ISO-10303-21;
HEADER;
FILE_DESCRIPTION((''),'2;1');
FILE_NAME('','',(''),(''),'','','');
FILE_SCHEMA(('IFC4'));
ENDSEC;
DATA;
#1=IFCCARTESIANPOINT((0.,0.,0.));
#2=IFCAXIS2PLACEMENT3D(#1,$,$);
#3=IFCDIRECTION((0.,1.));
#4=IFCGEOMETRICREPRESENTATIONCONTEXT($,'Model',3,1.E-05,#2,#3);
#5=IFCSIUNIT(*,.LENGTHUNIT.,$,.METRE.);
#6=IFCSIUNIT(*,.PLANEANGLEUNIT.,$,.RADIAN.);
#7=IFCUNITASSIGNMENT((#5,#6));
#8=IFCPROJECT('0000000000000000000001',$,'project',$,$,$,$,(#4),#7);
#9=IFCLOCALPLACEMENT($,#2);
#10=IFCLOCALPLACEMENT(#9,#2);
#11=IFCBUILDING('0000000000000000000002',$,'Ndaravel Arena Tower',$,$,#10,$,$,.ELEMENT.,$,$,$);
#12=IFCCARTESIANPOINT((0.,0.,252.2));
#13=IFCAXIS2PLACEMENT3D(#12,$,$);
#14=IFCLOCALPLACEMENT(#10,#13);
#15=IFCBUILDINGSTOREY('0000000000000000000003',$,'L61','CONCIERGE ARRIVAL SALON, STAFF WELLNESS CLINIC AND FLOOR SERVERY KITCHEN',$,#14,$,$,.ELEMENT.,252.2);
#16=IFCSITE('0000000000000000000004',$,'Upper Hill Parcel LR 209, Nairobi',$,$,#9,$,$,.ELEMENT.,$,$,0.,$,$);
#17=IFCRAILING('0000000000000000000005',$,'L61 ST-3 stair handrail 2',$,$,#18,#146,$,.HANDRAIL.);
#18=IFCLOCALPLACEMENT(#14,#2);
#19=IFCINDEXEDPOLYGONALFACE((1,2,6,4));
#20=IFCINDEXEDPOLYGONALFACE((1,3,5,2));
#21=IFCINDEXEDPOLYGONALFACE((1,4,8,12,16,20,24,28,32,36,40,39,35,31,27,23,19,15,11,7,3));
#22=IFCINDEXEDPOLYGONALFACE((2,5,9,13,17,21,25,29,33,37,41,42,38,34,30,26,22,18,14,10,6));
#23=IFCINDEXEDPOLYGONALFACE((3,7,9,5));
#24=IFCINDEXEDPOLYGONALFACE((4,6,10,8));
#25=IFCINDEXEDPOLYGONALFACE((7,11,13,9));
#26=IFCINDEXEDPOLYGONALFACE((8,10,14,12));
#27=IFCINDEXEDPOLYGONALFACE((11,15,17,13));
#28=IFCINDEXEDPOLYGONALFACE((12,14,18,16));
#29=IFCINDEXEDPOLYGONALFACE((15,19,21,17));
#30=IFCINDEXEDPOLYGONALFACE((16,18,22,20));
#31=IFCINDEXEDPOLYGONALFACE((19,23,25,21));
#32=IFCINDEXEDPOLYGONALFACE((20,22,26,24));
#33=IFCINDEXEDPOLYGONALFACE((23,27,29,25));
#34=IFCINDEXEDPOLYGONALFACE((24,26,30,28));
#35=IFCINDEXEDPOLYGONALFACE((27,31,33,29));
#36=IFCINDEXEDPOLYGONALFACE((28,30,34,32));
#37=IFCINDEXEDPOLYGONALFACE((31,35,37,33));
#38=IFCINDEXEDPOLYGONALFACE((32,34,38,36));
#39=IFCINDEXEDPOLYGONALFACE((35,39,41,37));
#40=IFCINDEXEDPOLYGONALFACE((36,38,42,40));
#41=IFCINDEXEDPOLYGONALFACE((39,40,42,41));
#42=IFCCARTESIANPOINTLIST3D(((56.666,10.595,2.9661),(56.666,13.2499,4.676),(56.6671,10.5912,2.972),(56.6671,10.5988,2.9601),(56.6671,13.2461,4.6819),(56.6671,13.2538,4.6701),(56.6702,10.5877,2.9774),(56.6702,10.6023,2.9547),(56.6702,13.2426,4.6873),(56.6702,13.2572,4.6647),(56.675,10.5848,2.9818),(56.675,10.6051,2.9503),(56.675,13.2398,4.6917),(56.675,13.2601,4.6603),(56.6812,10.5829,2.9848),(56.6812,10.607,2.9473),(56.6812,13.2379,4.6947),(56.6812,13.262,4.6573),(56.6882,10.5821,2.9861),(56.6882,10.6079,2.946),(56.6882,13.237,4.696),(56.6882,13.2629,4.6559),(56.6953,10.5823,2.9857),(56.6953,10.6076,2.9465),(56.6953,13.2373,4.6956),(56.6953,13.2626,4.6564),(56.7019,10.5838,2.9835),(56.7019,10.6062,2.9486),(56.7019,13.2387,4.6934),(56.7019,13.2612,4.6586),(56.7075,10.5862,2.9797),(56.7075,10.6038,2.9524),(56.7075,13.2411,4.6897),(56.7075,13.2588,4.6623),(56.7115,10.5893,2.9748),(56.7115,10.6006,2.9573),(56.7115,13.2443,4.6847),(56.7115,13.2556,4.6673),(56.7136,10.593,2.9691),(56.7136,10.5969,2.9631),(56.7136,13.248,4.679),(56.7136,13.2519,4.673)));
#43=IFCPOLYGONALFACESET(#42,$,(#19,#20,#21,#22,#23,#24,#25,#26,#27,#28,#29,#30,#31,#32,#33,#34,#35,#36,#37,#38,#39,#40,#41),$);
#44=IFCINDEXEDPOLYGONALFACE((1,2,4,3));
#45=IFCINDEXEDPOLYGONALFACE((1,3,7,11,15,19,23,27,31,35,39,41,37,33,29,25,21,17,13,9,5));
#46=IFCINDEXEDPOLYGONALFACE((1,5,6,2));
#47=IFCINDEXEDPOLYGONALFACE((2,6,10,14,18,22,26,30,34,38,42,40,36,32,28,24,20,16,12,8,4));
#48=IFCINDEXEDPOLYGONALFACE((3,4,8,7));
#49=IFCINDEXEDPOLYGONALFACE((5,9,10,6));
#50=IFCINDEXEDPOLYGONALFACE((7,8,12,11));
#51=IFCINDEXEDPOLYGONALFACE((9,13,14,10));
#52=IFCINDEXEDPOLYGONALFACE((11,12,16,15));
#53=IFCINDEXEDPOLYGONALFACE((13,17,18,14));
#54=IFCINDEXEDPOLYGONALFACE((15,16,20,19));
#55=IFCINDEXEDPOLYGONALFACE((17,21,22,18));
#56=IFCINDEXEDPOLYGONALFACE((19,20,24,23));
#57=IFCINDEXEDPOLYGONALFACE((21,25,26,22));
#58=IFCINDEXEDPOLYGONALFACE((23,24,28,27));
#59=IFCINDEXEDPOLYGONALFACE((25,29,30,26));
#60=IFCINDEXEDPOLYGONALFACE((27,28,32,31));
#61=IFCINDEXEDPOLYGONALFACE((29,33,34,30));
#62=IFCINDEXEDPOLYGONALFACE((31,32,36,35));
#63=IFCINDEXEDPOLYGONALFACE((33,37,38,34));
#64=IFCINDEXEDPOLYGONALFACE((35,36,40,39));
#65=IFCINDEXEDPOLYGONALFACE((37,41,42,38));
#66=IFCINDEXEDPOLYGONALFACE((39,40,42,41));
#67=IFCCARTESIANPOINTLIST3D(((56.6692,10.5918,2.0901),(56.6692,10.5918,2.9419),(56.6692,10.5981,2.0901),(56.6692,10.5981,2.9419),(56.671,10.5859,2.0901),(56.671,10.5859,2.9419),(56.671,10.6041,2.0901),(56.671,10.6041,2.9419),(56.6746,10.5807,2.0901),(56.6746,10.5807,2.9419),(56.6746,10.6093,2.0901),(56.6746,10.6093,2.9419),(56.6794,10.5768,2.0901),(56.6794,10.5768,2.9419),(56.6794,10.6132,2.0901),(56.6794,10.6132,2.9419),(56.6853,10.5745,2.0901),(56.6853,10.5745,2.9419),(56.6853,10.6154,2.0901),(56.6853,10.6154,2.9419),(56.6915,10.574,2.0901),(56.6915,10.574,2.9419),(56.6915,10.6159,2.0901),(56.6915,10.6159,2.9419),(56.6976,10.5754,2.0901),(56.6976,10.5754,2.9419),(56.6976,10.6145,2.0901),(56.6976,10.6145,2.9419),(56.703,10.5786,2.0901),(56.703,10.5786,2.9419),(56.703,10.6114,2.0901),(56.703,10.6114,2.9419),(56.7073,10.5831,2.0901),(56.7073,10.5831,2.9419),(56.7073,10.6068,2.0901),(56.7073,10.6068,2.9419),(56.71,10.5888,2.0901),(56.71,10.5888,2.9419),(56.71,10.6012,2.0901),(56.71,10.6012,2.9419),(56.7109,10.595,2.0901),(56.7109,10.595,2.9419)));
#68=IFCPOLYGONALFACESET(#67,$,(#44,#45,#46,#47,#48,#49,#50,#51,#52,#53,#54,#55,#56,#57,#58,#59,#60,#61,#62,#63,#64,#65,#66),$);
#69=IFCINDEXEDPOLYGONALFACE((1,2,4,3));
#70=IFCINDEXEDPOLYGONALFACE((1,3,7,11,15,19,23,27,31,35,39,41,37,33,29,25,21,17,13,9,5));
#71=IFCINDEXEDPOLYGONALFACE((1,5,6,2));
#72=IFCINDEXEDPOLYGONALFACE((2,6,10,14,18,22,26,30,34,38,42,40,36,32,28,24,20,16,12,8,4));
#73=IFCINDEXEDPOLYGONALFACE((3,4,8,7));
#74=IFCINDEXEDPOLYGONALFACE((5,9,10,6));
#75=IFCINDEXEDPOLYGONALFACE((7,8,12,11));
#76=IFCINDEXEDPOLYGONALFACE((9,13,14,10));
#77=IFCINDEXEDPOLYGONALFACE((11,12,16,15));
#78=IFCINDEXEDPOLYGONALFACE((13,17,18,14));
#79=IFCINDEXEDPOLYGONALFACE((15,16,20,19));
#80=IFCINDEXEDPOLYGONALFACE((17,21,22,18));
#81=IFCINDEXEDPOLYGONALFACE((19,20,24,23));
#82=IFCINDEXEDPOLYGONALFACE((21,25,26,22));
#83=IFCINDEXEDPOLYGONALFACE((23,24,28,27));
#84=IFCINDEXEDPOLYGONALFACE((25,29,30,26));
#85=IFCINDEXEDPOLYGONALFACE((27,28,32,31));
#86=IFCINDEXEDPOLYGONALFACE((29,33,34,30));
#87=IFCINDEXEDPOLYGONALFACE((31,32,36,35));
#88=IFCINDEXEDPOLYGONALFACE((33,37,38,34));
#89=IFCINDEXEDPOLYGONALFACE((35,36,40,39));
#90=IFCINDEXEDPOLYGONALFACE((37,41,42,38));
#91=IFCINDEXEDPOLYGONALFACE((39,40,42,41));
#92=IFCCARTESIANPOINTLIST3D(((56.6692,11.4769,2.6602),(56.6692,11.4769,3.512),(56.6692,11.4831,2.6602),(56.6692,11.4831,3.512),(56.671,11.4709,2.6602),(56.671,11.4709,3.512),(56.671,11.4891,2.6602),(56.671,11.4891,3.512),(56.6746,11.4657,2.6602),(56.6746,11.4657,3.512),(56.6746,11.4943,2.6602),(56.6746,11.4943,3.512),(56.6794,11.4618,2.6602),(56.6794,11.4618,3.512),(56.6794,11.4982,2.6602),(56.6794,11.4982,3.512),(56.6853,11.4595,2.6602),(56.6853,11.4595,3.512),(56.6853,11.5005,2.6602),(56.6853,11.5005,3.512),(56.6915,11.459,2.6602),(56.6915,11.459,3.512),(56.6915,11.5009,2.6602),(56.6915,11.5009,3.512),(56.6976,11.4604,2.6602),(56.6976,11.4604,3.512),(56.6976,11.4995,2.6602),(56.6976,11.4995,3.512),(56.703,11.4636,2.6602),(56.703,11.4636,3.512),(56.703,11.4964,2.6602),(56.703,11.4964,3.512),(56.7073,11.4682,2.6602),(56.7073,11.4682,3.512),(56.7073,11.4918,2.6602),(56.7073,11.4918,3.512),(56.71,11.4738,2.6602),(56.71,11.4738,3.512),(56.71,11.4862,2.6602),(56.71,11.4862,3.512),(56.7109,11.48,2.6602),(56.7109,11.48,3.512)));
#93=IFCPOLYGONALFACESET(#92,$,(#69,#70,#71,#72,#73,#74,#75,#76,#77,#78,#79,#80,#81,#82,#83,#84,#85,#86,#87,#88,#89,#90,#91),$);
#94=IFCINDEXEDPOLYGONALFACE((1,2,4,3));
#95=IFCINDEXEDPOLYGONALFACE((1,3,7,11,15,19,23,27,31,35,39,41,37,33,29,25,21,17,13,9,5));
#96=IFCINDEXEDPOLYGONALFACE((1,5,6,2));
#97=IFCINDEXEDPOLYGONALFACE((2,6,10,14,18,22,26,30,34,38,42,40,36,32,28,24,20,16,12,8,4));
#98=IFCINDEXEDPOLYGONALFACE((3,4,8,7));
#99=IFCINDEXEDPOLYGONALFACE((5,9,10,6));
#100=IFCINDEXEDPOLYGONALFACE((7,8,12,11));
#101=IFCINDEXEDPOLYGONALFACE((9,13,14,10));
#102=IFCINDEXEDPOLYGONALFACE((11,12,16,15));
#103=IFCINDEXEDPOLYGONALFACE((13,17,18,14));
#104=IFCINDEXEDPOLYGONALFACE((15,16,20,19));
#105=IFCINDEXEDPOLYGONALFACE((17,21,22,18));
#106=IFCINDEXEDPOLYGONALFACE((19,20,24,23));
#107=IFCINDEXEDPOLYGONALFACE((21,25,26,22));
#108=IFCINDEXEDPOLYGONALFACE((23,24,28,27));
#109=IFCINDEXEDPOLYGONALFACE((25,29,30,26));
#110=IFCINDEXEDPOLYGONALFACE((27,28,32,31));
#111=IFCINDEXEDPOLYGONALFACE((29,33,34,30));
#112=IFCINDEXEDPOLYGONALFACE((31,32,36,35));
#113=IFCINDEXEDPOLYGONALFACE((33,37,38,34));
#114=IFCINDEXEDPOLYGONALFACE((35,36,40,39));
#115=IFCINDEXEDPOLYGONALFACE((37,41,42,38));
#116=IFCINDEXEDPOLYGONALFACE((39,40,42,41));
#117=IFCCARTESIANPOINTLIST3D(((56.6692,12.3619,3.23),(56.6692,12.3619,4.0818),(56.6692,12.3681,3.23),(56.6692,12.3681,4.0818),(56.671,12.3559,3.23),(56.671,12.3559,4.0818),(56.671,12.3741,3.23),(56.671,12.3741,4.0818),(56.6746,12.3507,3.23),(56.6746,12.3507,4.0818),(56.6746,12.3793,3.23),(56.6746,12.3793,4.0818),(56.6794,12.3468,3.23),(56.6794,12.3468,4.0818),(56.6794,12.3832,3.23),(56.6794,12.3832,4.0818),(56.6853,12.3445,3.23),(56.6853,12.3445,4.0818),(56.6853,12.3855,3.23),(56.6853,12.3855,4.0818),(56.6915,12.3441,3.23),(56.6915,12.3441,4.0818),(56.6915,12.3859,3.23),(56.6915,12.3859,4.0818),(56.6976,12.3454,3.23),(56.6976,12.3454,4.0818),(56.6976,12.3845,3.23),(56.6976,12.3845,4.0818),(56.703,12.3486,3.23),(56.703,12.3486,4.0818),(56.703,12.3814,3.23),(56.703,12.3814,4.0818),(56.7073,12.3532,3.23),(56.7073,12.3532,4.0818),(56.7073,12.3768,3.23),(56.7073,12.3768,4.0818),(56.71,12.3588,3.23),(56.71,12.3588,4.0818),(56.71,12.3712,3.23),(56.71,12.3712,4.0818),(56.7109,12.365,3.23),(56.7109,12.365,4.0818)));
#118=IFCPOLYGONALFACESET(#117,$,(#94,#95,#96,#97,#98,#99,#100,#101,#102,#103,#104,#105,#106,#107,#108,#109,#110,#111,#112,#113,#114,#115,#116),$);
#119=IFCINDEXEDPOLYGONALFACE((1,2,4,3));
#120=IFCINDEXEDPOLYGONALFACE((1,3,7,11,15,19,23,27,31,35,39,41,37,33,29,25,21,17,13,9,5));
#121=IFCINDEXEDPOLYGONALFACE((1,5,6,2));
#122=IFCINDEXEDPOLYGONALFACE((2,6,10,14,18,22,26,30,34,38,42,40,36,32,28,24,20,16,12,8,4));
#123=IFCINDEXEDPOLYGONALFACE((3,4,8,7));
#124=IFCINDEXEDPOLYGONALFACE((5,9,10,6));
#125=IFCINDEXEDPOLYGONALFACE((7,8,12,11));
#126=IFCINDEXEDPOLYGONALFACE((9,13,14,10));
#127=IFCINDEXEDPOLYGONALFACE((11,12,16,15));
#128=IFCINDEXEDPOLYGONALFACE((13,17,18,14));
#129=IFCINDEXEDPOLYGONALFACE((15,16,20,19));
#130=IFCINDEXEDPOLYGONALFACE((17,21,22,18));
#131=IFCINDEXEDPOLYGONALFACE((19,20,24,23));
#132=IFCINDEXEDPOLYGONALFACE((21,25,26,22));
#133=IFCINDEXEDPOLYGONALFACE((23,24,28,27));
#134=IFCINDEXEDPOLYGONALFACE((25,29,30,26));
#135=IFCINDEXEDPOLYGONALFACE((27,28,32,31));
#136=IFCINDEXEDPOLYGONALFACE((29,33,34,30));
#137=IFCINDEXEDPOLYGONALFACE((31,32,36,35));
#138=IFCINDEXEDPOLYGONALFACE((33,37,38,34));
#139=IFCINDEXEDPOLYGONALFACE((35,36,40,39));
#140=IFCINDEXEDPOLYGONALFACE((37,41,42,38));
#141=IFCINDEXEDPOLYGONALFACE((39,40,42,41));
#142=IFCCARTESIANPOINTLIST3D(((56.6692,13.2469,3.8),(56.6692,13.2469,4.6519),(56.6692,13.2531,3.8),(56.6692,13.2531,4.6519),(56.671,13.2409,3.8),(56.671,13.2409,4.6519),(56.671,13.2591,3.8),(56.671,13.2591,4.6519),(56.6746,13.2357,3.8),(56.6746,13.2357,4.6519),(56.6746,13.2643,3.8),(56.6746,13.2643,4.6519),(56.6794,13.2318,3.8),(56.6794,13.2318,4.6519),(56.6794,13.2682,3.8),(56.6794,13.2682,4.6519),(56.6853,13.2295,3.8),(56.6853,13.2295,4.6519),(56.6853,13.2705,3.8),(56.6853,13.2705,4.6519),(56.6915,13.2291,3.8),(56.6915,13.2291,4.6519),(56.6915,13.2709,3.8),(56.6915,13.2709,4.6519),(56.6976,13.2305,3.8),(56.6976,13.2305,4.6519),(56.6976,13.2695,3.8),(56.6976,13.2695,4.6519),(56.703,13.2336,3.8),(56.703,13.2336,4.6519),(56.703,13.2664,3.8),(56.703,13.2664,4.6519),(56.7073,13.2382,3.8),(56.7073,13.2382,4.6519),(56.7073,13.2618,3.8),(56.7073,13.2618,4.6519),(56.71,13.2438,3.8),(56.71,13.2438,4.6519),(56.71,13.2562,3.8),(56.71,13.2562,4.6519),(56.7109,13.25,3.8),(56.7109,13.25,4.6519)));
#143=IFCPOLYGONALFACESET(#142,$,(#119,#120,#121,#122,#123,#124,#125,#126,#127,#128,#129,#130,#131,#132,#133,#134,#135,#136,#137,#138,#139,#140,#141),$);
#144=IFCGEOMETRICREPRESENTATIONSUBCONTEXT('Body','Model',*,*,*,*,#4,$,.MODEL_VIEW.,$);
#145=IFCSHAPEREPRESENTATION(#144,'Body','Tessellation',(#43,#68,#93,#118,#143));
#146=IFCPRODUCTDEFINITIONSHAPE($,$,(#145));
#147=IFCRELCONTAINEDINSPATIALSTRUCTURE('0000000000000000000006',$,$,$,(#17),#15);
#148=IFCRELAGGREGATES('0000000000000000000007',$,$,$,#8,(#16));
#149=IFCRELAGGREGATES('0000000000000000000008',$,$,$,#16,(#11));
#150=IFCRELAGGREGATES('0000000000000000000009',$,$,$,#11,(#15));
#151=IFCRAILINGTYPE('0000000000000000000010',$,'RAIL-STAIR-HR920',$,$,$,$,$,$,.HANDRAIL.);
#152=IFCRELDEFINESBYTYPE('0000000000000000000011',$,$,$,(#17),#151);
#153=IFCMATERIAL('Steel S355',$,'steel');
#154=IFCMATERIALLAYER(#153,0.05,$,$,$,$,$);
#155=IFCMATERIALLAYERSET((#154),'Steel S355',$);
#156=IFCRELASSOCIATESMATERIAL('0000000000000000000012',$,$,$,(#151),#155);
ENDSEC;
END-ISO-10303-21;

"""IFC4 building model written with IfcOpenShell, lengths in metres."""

from ifc_helpers import new_model, si_unit, direction, frame, origin, origin_2d, place, context, subcontext, project, spatial, circle, extrude, material, layer, layer_set, type_object, element, save


model = new_model("IFC4")

# Units and contexts
model_context = context("Model", 3, precision=1e-05, world=origin(), true_north=direction((0.0, 1.0)))
body_context = subcontext(model_context, "Body", "Model", "MODEL_VIEW")
ifc_project = project(units=[si_unit("LENGTHUNIT", "METRE"), si_unit("PLANEANGLEUNIT", "RADIAN")], contexts=[model_context])

# Site, building, storey
site_placement = place(None, origin())
site = spatial("IfcSite", under=ifc_project, at=site_placement, Name="Upper Hill Parcel LR 209, Nairobi", CompositionType="ELEMENT", RefElevation=0.0)
building_placement = place(site_placement, origin())
building = spatial("IfcBuilding", under=site, at=building_placement, Name="Ndaravel Arena Tower", CompositionType="ELEMENT")
storey_placement = place(building_placement, frame((0.0, 0.0, 252.2)))
storey = spatial("IfcBuildingStorey", under=building, at=storey_placement, Name="L61", Description="CONCIERGE ARRIVAL SALON, STAFF WELLNESS CLINIC AND FLOOR SERVERY KITCHEN", CompositionType="ELEMENT", Elevation=252.2)

# Railing
ifc_material_1 = material(Name="Steel S355", Category="steel")
ifc_layer_1 = layer(ifc_material_1, 0.05)
ifc_layer_set_1 = layer_set([ifc_layer_1], Name="Steel S355")
railing_type_1 = type_object("IfcRailingType", Name="RAIL-STAIR-HR920", PredefinedType="HANDRAIL", material=ifc_layer_set_1)
railing_1_placement = place(storey_placement, frame((56.6899, 10.595, 2.0901)))
element("IfcRailing", 1, at=railing_1_placement, inside=storey, type_object=railing_type_1, Name="L61 ST-3 stair handrail 2", PredefinedType="HANDRAIL", context=body_context, shape_type="SweptSolid", body=[
    extrude(circle(Radius=0.0239, at=origin_2d()), frame((0.0, 0.0, 0.876), z_axis=(0.0, 0.840724, 0.541465), x_axis=(-1.0, 0.0, 0.0)), (0.0, 0.0, 1.0), 3.158),
    extrude(circle(Radius=0.021, at=origin_2d()), origin(), (0.0, 0.0, 1.0), 0.8518),
    extrude(circle(Radius=0.021, at=origin_2d()), frame((0.0, 0.885, 0.5701)), (0.0, 0.0, 1.0), 0.8518),
    extrude(circle(Radius=0.021, at=origin_2d()), frame((0.0, 1.77, 1.1399)), (0.0, 0.0, 1.0), 0.8518),
    extrude(circle(Radius=0.021, at=origin_2d()), frame((0.0, 2.655, 1.71)), (0.0, 0.0, 1.0), 0.8518),
])

save(model, "model.ifc")
